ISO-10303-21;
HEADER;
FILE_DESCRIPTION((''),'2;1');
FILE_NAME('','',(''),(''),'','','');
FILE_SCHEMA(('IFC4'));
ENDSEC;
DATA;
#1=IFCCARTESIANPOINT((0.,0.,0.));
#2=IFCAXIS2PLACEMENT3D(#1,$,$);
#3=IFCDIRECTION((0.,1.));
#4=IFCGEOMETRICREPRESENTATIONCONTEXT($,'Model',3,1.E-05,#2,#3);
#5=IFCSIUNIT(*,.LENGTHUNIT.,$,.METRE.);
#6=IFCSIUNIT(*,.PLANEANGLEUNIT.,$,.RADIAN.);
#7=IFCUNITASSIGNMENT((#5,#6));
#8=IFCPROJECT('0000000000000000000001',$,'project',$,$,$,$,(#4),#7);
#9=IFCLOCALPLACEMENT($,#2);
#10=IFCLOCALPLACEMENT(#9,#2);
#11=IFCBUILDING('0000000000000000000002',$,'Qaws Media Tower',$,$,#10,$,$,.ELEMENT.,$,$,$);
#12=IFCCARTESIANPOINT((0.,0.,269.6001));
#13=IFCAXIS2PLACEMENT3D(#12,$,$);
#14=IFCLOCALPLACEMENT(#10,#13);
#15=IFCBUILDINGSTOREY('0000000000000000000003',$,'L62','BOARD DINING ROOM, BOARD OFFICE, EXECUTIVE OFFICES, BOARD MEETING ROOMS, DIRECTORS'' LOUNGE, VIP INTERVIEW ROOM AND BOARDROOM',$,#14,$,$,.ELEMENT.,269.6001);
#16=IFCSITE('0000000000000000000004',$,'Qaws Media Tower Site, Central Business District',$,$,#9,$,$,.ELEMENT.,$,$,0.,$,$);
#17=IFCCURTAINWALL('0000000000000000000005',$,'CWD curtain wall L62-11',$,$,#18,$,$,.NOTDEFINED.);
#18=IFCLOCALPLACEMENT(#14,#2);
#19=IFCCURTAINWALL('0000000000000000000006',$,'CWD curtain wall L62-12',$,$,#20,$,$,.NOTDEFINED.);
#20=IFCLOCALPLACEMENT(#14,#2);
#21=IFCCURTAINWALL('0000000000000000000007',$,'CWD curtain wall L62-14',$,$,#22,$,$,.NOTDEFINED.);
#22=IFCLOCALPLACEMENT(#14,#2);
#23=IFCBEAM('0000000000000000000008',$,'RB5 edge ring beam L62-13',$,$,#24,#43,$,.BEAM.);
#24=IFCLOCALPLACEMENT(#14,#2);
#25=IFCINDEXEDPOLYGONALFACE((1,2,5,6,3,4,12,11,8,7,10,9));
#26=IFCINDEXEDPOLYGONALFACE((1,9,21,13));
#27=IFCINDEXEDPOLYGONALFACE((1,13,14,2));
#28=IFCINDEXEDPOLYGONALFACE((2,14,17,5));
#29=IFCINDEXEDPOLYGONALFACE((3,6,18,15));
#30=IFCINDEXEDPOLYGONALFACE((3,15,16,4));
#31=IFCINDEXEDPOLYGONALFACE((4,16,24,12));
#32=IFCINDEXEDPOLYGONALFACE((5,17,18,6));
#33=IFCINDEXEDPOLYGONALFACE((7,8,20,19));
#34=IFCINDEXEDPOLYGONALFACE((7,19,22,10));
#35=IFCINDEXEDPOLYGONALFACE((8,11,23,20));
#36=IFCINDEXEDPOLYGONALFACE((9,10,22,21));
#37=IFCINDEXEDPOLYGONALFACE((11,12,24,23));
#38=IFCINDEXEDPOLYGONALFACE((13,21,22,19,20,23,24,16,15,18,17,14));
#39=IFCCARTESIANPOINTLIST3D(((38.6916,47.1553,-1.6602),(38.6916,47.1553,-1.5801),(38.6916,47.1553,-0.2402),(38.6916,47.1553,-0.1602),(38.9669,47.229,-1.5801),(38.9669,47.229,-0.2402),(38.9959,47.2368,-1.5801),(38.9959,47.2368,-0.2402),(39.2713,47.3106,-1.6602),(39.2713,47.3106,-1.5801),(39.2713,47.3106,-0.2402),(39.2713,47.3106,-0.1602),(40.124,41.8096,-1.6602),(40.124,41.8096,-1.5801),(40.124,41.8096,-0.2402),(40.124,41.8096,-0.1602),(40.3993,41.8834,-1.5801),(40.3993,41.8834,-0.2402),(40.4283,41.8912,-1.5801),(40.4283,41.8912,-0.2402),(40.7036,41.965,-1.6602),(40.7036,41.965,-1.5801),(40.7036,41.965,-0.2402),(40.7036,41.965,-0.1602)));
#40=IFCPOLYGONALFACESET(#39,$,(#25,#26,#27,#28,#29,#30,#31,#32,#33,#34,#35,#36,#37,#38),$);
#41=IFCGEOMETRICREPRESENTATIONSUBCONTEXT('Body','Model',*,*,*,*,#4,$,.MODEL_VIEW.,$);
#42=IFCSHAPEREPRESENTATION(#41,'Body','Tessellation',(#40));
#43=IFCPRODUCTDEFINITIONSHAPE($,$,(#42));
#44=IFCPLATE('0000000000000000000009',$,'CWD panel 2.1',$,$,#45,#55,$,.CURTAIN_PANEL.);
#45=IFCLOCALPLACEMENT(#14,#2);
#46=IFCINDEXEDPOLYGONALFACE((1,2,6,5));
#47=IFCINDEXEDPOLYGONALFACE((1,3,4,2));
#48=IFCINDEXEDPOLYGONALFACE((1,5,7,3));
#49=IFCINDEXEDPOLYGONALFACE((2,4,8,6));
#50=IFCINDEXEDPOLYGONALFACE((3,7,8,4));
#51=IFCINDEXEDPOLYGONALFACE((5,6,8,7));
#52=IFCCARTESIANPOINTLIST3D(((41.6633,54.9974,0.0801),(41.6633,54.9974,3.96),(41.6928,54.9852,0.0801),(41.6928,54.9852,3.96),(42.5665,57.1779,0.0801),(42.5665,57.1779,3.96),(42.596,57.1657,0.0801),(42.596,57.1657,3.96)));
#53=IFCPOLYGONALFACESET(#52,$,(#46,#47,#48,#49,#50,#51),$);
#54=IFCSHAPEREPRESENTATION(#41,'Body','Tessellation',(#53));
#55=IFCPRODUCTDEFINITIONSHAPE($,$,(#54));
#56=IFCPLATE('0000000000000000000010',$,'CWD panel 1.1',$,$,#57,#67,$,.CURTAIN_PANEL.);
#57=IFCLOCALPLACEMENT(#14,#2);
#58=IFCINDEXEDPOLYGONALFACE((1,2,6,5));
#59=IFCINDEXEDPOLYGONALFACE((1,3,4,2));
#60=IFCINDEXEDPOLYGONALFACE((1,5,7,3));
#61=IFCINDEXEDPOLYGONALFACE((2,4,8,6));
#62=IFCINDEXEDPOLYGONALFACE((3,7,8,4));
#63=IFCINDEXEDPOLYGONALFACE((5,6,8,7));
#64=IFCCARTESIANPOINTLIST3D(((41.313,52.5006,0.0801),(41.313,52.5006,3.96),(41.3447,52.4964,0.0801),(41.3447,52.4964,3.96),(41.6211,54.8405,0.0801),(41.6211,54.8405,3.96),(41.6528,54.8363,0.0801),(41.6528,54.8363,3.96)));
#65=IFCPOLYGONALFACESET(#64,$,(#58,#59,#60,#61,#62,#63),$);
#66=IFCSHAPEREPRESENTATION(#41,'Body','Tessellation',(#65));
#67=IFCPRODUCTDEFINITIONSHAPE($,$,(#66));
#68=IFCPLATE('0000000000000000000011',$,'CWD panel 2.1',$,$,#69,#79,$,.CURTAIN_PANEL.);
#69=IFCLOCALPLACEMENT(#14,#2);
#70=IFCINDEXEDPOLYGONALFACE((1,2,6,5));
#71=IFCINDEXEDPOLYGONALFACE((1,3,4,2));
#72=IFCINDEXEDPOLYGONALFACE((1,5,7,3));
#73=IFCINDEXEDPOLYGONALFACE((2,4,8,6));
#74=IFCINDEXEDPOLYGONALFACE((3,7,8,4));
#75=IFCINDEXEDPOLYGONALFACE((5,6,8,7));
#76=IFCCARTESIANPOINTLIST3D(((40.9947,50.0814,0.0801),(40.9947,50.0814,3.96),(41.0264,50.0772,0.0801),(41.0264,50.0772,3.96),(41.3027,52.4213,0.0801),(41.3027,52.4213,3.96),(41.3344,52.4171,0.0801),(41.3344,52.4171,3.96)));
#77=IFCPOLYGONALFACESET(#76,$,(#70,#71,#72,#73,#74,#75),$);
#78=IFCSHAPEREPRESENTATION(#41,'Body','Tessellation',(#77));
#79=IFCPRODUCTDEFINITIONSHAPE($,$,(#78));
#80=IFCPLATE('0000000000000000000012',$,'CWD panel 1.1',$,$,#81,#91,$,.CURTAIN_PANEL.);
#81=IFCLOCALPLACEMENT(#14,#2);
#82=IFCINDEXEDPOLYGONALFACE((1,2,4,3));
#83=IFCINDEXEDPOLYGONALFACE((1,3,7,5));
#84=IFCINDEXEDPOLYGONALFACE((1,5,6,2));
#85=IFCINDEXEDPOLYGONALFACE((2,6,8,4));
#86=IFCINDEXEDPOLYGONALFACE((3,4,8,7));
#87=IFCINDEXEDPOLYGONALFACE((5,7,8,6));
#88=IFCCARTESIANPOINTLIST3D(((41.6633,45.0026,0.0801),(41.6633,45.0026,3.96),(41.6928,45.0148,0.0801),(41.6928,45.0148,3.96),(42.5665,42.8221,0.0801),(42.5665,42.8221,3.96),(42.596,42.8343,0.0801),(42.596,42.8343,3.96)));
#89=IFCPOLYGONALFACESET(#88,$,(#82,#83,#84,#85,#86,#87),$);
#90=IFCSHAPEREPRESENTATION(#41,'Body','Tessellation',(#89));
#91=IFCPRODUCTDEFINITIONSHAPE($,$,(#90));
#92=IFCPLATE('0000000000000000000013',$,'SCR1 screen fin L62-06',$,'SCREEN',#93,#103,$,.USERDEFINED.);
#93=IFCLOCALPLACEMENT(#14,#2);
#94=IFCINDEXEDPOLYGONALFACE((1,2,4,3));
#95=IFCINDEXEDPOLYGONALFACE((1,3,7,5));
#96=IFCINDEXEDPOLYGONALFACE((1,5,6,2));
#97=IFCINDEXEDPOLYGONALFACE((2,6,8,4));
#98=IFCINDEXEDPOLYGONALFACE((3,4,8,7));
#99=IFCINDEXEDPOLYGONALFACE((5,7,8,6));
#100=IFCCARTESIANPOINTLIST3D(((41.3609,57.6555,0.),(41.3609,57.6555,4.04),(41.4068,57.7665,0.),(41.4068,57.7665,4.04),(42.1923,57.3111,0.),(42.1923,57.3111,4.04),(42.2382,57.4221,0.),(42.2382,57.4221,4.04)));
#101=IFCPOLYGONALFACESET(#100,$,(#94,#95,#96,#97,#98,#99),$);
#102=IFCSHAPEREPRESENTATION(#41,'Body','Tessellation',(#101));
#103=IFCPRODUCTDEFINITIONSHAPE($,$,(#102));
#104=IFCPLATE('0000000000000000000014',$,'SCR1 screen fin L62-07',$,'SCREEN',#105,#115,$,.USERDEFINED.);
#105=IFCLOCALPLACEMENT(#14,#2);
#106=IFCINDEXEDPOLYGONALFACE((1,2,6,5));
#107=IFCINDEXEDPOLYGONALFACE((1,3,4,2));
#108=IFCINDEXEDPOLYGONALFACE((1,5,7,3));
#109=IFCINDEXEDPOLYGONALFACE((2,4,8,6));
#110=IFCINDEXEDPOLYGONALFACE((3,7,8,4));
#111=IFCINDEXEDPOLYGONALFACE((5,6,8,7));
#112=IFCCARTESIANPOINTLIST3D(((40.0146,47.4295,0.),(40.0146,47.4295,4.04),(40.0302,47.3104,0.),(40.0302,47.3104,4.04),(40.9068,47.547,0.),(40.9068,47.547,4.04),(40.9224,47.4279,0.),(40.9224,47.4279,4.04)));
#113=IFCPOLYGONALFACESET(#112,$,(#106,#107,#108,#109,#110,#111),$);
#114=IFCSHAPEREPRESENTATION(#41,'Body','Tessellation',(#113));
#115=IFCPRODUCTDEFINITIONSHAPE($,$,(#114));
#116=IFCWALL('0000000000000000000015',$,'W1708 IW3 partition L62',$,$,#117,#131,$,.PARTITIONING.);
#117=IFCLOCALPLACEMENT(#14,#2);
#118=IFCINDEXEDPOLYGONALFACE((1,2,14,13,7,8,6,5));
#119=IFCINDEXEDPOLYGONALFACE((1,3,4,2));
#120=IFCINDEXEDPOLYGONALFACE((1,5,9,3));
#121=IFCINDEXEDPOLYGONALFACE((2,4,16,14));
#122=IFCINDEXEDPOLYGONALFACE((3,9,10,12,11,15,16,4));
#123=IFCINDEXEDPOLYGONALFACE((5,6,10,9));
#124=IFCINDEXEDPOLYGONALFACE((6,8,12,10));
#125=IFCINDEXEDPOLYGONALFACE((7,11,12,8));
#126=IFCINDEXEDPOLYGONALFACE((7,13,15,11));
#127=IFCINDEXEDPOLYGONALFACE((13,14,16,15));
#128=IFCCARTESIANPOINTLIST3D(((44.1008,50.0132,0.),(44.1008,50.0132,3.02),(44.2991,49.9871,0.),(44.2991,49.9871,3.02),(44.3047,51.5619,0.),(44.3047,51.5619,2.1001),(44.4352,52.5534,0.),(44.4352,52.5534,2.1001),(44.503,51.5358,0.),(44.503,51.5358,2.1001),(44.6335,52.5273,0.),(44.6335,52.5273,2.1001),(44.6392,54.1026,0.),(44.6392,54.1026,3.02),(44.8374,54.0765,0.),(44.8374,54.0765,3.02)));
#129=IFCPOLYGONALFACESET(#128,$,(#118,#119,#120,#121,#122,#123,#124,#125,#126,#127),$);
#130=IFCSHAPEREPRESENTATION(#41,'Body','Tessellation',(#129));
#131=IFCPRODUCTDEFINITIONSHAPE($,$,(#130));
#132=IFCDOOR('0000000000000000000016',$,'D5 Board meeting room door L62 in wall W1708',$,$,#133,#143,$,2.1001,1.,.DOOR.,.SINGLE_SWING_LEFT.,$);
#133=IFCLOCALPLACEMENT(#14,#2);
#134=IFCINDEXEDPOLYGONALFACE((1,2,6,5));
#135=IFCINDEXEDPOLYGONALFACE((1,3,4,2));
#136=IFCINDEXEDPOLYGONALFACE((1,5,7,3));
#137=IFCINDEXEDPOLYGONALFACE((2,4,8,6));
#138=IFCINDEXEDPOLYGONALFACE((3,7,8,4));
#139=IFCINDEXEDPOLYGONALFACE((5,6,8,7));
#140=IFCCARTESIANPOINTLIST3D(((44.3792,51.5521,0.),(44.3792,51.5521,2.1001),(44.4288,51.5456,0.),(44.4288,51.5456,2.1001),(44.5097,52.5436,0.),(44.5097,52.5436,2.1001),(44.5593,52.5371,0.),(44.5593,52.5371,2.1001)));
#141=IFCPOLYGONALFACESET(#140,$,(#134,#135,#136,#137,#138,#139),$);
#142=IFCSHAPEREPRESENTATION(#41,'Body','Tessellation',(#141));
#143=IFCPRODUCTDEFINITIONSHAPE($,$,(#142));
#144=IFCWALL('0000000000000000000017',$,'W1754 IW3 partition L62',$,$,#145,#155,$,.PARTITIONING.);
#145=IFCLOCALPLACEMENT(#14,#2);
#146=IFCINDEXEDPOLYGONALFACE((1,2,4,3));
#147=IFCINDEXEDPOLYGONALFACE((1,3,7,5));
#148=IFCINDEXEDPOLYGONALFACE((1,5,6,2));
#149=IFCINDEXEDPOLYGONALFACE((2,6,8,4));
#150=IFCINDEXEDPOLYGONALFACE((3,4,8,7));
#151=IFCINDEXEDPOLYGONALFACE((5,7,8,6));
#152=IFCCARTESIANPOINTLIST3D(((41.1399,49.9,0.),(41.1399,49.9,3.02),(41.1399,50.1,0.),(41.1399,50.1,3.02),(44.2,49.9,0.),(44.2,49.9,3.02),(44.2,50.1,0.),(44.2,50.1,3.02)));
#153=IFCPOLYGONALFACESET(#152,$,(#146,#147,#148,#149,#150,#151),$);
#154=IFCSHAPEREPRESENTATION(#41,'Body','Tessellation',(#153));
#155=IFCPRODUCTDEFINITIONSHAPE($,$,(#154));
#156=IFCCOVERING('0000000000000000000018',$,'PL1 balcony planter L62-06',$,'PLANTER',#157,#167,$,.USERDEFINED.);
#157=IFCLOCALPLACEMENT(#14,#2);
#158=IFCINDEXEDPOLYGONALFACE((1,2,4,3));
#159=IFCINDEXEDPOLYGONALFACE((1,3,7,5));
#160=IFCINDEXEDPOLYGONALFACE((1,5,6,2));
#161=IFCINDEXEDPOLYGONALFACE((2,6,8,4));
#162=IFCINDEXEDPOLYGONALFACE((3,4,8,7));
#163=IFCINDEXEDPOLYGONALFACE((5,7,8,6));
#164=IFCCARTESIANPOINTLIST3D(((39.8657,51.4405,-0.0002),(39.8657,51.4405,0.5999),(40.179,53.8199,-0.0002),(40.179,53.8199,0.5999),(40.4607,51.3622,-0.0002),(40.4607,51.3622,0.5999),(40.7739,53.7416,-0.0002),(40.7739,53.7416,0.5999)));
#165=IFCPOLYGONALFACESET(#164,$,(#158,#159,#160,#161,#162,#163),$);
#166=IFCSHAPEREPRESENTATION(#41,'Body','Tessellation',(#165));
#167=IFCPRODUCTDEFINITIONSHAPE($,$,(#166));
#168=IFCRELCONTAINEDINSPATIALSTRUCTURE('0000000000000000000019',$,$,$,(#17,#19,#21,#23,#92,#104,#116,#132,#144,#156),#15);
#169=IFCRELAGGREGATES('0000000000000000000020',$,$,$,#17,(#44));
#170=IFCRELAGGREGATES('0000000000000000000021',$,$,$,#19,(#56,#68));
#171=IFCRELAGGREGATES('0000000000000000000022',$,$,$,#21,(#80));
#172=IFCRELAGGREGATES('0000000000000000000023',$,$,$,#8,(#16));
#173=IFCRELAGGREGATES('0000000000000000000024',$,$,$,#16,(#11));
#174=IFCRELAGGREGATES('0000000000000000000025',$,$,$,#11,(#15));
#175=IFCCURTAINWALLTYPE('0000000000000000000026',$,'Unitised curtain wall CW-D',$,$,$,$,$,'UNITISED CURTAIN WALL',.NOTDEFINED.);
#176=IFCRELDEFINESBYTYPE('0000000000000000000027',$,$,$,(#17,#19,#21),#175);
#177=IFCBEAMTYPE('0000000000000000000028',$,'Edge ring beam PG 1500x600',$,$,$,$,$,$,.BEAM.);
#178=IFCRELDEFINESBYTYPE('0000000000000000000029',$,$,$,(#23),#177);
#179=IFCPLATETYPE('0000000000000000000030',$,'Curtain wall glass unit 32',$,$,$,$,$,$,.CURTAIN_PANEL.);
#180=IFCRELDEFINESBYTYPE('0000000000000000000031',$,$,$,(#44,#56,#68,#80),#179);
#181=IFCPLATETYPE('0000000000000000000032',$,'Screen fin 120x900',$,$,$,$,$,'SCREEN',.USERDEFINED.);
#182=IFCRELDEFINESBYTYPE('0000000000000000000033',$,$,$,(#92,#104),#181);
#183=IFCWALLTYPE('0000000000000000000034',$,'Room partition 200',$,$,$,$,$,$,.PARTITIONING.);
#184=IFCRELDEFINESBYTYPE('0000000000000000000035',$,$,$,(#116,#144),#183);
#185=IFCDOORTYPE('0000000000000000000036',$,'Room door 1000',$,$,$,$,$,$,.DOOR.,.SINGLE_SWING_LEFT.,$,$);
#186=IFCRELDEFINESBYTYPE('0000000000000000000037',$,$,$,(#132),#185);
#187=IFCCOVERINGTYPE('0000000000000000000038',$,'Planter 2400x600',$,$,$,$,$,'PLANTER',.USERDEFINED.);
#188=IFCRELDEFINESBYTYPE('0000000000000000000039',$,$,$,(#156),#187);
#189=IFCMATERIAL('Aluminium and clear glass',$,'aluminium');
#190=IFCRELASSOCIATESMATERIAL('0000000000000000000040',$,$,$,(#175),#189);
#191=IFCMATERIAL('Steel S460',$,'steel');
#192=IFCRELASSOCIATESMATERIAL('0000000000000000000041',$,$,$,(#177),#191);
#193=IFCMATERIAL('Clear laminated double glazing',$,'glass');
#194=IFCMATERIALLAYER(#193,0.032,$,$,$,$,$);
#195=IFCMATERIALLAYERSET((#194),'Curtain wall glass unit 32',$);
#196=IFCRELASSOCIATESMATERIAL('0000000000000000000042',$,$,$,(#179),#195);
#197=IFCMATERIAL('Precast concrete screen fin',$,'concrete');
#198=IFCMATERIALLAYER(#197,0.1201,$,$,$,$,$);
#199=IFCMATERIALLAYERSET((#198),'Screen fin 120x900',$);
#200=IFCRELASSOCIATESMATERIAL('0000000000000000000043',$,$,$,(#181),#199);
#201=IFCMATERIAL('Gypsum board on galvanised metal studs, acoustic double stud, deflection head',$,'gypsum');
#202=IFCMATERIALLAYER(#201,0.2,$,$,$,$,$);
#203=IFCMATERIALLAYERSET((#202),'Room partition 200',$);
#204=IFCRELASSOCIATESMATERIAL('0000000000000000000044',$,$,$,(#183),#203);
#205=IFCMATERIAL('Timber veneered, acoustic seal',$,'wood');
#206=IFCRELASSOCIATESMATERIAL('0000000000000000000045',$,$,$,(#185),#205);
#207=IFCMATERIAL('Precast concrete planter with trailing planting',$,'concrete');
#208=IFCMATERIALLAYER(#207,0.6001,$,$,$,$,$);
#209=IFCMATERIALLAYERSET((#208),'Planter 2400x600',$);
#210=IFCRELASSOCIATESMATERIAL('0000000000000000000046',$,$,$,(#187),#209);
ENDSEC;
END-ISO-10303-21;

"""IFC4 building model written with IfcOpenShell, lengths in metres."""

from ifc_helpers import new_model, si_unit, direction, frame, frame_2d, origin, origin_2d, place, context, subcontext, project, spatial, rectangle, i_section, extrude, material, layer, layer_set, material_profile, profile_set, type_object, element, fill, aggregate, save


model = new_model("IFC4")

# Units and contexts
model_context = context("Model", 3, precision=1e-05, world=origin(), true_north=direction((0.0, 1.0)))
body_context = subcontext(model_context, "Body", "Model", "MODEL_VIEW")
ifc_project = project(units=[si_unit("LENGTHUNIT", "METRE"), si_unit("PLANEANGLEUNIT", "RADIAN")], contexts=[model_context])

# Site, building, storey
site_placement = place(None, origin())
site = spatial("IfcSite", under=ifc_project, at=site_placement, Name="Qaws Media Tower Site, Central Business District", CompositionType="ELEMENT", RefElevation=0.0)
building_placement = place(site_placement, origin())
building = spatial("IfcBuilding", under=site, at=building_placement, Name="Qaws Media Tower", CompositionType="ELEMENT")
storey_placement = place(building_placement, frame((0.0, 0.0, 269.6001)))
storey = spatial("IfcBuildingStorey", under=building, at=storey_placement, Name="L62", Description="BOARD DINING ROOM, BOARD OFFICE, EXECUTIVE OFFICES, BOARD MEETING ROOMS, DIRECTORS' LOUNGE, VIP INTERVIEW ROOM AND BOARDROOM", CompositionType="ELEMENT", Elevation=269.6001)

# Curtain walls
ifc_material_1 = material(Name="Aluminium and clear glass", Category="aluminium")
curtain_wall_type = type_object("IfcCurtainWallType", Name="Unitised curtain wall CW-D", ElementType="UNITISED CURTAIN WALL", PredefinedType="NOTDEFINED", material=ifc_material_1)
curtain_wall_1_placement = place(storey_placement, origin())
curtain_wall_1 = element("IfcCurtainWall", 1, at=curtain_wall_1_placement, inside=storey, type_object=curtain_wall_type, Name="CWD curtain wall L62-11", PredefinedType="NOTDEFINED")
curtain_wall_2_placement = place(storey_placement, origin())
curtain_wall_2 = element("IfcCurtainWall", 2, at=curtain_wall_2_placement, inside=storey, type_object=curtain_wall_type, Name="CWD curtain wall L62-12", PredefinedType="NOTDEFINED")

# Curtain wall
curtain_wall_3_placement = place(storey_placement, origin())
curtain_wall_3 = element("IfcCurtainWall", 3, at=curtain_wall_3_placement, inside=storey, type_object=curtain_wall_type, Name="CWD curtain wall L62-14", PredefinedType="NOTDEFINED")

# Beam
ifc_material_2 = material(Name="Steel S460", Category="steel")
ifc_material_profile_1 = material_profile(ifc_material_2, i_section(OverallWidth=0.6001, OverallDepth=1.5, WebThickness=0.03, FlangeThickness=0.0801, at=origin_2d()), Name="PG 1500x600")
ifc_profile_set_1 = profile_set([ifc_material_profile_1], Name="Steel S460")
beam_type = type_object("IfcBeamType", Name="Edge ring beam PG 1500x600", PredefinedType="BEAM", material=ifc_profile_set_1)
for number, where, z_axis, x_axis, name in (
    (4, (38.9814, 47.2329, -0.9102), (0.258818, -0.965926, 0.0), (0.965926, 0.258818, 0.0), "RB5 edge ring beam L62-13"),
):
    element("IfcBeam", number, at=place(storey_placement, frame(where, z_axis=z_axis, x_axis=x_axis)), inside=storey, type_object=beam_type, Name=name, PredefinedType="BEAM", context=body_context, shape_type="SweptSolid", body=[
        extrude(i_section(OverallWidth=0.6001, OverallDepth=1.5, WebThickness=0.03, FlangeThickness=0.0801, at=origin_2d()), origin(), (0.0, 0.0, 1.0), 5.5342),
    ])

# Plates
ifc_material_3 = material(Name="Clear laminated double glazing", Category="glass")
ifc_layer_1 = layer(ifc_material_3, 0.032)
ifc_layer_set_1 = layer_set([ifc_layer_1], Name="Curtain wall glass unit 32")
plate_type_1 = type_object("IfcPlateType", Name="Curtain wall glass unit 32", PredefinedType="CURTAIN_PANEL", material=ifc_layer_set_1)
plate_1_placement = place(storey_placement, frame((42.1296, 56.0815, 0.0801), z_axis=(0.0, 0.0, 1.0), x_axis=(-0.382683, -0.92388, 0.0)))
plate_1 = element("IfcPlate", 5, at=plate_1_placement, type_object=plate_type_1, Name="CWD panel 2.1", PredefinedType="CURTAIN_PANEL", context=body_context, shape_type="SweptSolid", body=[
    extrude(rectangle(XDim=2.3601, YDim=0.032, at=origin_2d()), origin(), (0.0, 0.0, 1.0), 3.8799),
])
aggregate(curtain_wall_1, [plate_1])
plate_2_placement = place(storey_placement, frame((41.4829, 53.6685, 0.0801), z_axis=(0.0, 0.0, 1.0), x_axis=(-0.130526, -0.991445, 0.0)))
plate_2 = element("IfcPlate", 6, at=plate_2_placement, type_object=plate_type_1, Name="CWD panel 1.1", PredefinedType="CURTAIN_PANEL", context=body_context, shape_type="SweptSolid", body=[
    extrude(rectangle(XDim=2.3601, YDim=0.032, at=origin_2d()), origin(), (0.0, 0.0, 1.0), 3.8799),
])
plate_3_placement = place(storey_placement, frame((41.1646, 51.2493, 0.0801), z_axis=(0.0, 0.0, 1.0), x_axis=(-0.130526, -0.991445, 0.0)))
plate_3 = element("IfcPlate", 7, at=plate_3_placement, type_object=plate_type_1, Name="CWD panel 2.1", PredefinedType="CURTAIN_PANEL", context=body_context, shape_type="SweptSolid", body=[
    extrude(rectangle(XDim=2.3601, YDim=0.032, at=origin_2d()), origin(), (0.0, 0.0, 1.0), 3.8799),
])
aggregate(curtain_wall_2, [plate_2, plate_3])
plate_4_placement = place(storey_placement, frame((42.1296, 43.9185, 0.0801), z_axis=(0.0, 0.0, 1.0), x_axis=(0.382683, -0.92388, 0.0)))
plate_4 = element("IfcPlate", 8, at=plate_4_placement, type_object=plate_type_1, Name="CWD panel 1.1", PredefinedType="CURTAIN_PANEL", context=body_context, shape_type="SweptSolid", body=[
    extrude(rectangle(XDim=2.3601, YDim=0.032, at=origin_2d()), origin(), (0.0, 0.0, 1.0), 3.8799),
])
aggregate(curtain_wall_3, [plate_4])

# Plates
ifc_material_4 = material(Name="Precast concrete screen fin", Category="concrete")
ifc_layer_2 = layer(ifc_material_4, 0.1201)
ifc_layer_set_2 = layer_set([ifc_layer_2], Name="Screen fin 120x900")
plate_type_2 = type_object("IfcPlateType", Name="Screen fin 120x900", ElementType="SCREEN", PredefinedType="USERDEFINED", material=ifc_layer_set_2)
for number, where, z_axis, x_axis, name in (
    (9, (41.7996, 57.5388, 0.0), (0.0, 0.0, 1.0), (-0.92388, 0.382683, 0.0), "SCR1 screen fin L62-06"),
    (10, (40.4685, 47.4287, 0.0), (0.0, 0.0, 1.0), (-0.991445, -0.130526, 0.0), "SCR1 screen fin L62-07"),
):
    element("IfcPlate", number, at=place(storey_placement, frame(where, z_axis=z_axis, x_axis=x_axis)), inside=storey, type_object=plate_type_2, Name=name, ObjectType="SCREEN", PredefinedType="USERDEFINED", context=body_context, shape_type="SweptSolid", body=[
        extrude(rectangle(XDim=0.8999, YDim=0.1201, at=origin_2d()), origin(), (0.0, 0.0, 1.0), 4.04),
    ])

# Wall, opening, door
ifc_material_5 = material(Name="Gypsum board on galvanised metal studs, acoustic double stud, deflection head", Category="gypsum")
ifc_layer_3 = layer(ifc_material_5, 0.2)
ifc_layer_set_3 = layer_set([ifc_layer_3], Name="Room partition 200")
wall_type_1 = type_object("IfcWallType", Name="Room partition 200", PredefinedType="PARTITIONING", material=ifc_layer_set_3)
wall_1_placement = place(storey_placement, frame((44.2, 50.0, 0.0), z_axis=(0.0, 0.0, 1.0), x_axis=(0.130516, 0.991446, 0.0)))
wall_1 = element("IfcWall", 11, at=wall_1_placement, inside=storey, type_object=wall_type_1, Name="W1708 IW3 partition L62", PredefinedType="PARTITIONING", context=body_context, shape_type="SweptSolid", body=[
    extrude(rectangle(XDim=4.1248, YDim=0.2, at=frame_2d((2.0625, 0.0))), origin(), (0.0, 0.0, 1.0), 3.02),
])
opening_1_placement = place(wall_1_placement, frame((1.5623, 0.0, 0.0)))
opening_1 = element("IfcOpeningElement", 12, at=opening_1_placement, cuts=wall_1, PredefinedType="OPENING", context=body_context, shape_type="SweptSolid", body=[
    extrude(rectangle(XDim=1.0, YDim=2.1001, at=frame_2d((0.5, 1.05))), frame((0.0, 0.1099, 0.0), z_axis=(0.0, -1.0, 0.0), x_axis=(1.0, 0.0, 0.0)), (0.0, 0.0, 1.0), 0.22),
])
ifc_material_6 = material(Name="Timber veneered, acoustic seal", Category="wood")
door_type_1 = type_object("IfcDoorType", Name="Room door 1000", OperationType="SINGLE_SWING_LEFT", PredefinedType="DOOR", material=ifc_material_6)
door_1_placement = place(opening_1_placement, origin())
door_1 = element("IfcDoor", 13, at=door_1_placement, inside=storey, type_object=door_type_1, Name="D5 Board meeting room door L62 in wall W1708", OperationType="SINGLE_SWING_LEFT", OverallHeight=2.1001, OverallWidth=1.0, PredefinedType="DOOR", context=body_context, shape_type="SweptSolid", body=[
    extrude(rectangle(XDim=1.0, YDim=2.1001, at=frame_2d((0.5, 1.05))), frame((0.0, 0.0249, 0.0), z_axis=(0.0, -1.0, 0.0), x_axis=(1.0, 0.0, 0.0)), (0.0, 0.0, 1.0), 0.05),
])
fill(opening_1, door_1)

# Wall
wall_2_placement = place(storey_placement, frame((44.2, 50.0, 0.0), z_axis=(0.0, 0.0, 1.0), x_axis=(-1.0, 0.0, 0.0)))
element("IfcWall", 14, at=wall_2_placement, inside=storey, type_object=wall_type_1, Name="W1754 IW3 partition L62", PredefinedType="PARTITIONING", context=body_context, shape_type="SweptSolid", body=[
    extrude(rectangle(XDim=3.0601, YDim=0.2, at=frame_2d((1.53, 0.0))), origin(), (0.0, 0.0, 1.0), 3.02),
])

# Covering
ifc_material_7 = material(Name="Precast concrete planter with trailing planting", Category="concrete")
ifc_layer_4 = layer(ifc_material_7, 0.6001)
ifc_layer_set_4 = layer_set([ifc_layer_4], Name="Planter 2400x600")
covering_type = type_object("IfcCoveringType", Name="Planter 2400x600", ElementType="PLANTER", PredefinedType="USERDEFINED", material=ifc_layer_set_4)
covering_placement = place(storey_placement, frame((40.3198, 52.5911, -0.0002), z_axis=(0.0, 0.0, 1.0), x_axis=(-0.130526, -0.991445, 0.0)))
element("IfcCovering", 15, at=covering_placement, inside=storey, type_object=covering_type, Name="PL1 balcony planter L62-06", ObjectType="PLANTER", PredefinedType="USERDEFINED", context=body_context, shape_type="SweptSolid", body=[
    extrude(rectangle(XDim=2.3999, YDim=0.6001, at=origin_2d()), origin(), (0.0, 0.0, 1.0), 0.6001),
])

save(model, "model.ifc")
